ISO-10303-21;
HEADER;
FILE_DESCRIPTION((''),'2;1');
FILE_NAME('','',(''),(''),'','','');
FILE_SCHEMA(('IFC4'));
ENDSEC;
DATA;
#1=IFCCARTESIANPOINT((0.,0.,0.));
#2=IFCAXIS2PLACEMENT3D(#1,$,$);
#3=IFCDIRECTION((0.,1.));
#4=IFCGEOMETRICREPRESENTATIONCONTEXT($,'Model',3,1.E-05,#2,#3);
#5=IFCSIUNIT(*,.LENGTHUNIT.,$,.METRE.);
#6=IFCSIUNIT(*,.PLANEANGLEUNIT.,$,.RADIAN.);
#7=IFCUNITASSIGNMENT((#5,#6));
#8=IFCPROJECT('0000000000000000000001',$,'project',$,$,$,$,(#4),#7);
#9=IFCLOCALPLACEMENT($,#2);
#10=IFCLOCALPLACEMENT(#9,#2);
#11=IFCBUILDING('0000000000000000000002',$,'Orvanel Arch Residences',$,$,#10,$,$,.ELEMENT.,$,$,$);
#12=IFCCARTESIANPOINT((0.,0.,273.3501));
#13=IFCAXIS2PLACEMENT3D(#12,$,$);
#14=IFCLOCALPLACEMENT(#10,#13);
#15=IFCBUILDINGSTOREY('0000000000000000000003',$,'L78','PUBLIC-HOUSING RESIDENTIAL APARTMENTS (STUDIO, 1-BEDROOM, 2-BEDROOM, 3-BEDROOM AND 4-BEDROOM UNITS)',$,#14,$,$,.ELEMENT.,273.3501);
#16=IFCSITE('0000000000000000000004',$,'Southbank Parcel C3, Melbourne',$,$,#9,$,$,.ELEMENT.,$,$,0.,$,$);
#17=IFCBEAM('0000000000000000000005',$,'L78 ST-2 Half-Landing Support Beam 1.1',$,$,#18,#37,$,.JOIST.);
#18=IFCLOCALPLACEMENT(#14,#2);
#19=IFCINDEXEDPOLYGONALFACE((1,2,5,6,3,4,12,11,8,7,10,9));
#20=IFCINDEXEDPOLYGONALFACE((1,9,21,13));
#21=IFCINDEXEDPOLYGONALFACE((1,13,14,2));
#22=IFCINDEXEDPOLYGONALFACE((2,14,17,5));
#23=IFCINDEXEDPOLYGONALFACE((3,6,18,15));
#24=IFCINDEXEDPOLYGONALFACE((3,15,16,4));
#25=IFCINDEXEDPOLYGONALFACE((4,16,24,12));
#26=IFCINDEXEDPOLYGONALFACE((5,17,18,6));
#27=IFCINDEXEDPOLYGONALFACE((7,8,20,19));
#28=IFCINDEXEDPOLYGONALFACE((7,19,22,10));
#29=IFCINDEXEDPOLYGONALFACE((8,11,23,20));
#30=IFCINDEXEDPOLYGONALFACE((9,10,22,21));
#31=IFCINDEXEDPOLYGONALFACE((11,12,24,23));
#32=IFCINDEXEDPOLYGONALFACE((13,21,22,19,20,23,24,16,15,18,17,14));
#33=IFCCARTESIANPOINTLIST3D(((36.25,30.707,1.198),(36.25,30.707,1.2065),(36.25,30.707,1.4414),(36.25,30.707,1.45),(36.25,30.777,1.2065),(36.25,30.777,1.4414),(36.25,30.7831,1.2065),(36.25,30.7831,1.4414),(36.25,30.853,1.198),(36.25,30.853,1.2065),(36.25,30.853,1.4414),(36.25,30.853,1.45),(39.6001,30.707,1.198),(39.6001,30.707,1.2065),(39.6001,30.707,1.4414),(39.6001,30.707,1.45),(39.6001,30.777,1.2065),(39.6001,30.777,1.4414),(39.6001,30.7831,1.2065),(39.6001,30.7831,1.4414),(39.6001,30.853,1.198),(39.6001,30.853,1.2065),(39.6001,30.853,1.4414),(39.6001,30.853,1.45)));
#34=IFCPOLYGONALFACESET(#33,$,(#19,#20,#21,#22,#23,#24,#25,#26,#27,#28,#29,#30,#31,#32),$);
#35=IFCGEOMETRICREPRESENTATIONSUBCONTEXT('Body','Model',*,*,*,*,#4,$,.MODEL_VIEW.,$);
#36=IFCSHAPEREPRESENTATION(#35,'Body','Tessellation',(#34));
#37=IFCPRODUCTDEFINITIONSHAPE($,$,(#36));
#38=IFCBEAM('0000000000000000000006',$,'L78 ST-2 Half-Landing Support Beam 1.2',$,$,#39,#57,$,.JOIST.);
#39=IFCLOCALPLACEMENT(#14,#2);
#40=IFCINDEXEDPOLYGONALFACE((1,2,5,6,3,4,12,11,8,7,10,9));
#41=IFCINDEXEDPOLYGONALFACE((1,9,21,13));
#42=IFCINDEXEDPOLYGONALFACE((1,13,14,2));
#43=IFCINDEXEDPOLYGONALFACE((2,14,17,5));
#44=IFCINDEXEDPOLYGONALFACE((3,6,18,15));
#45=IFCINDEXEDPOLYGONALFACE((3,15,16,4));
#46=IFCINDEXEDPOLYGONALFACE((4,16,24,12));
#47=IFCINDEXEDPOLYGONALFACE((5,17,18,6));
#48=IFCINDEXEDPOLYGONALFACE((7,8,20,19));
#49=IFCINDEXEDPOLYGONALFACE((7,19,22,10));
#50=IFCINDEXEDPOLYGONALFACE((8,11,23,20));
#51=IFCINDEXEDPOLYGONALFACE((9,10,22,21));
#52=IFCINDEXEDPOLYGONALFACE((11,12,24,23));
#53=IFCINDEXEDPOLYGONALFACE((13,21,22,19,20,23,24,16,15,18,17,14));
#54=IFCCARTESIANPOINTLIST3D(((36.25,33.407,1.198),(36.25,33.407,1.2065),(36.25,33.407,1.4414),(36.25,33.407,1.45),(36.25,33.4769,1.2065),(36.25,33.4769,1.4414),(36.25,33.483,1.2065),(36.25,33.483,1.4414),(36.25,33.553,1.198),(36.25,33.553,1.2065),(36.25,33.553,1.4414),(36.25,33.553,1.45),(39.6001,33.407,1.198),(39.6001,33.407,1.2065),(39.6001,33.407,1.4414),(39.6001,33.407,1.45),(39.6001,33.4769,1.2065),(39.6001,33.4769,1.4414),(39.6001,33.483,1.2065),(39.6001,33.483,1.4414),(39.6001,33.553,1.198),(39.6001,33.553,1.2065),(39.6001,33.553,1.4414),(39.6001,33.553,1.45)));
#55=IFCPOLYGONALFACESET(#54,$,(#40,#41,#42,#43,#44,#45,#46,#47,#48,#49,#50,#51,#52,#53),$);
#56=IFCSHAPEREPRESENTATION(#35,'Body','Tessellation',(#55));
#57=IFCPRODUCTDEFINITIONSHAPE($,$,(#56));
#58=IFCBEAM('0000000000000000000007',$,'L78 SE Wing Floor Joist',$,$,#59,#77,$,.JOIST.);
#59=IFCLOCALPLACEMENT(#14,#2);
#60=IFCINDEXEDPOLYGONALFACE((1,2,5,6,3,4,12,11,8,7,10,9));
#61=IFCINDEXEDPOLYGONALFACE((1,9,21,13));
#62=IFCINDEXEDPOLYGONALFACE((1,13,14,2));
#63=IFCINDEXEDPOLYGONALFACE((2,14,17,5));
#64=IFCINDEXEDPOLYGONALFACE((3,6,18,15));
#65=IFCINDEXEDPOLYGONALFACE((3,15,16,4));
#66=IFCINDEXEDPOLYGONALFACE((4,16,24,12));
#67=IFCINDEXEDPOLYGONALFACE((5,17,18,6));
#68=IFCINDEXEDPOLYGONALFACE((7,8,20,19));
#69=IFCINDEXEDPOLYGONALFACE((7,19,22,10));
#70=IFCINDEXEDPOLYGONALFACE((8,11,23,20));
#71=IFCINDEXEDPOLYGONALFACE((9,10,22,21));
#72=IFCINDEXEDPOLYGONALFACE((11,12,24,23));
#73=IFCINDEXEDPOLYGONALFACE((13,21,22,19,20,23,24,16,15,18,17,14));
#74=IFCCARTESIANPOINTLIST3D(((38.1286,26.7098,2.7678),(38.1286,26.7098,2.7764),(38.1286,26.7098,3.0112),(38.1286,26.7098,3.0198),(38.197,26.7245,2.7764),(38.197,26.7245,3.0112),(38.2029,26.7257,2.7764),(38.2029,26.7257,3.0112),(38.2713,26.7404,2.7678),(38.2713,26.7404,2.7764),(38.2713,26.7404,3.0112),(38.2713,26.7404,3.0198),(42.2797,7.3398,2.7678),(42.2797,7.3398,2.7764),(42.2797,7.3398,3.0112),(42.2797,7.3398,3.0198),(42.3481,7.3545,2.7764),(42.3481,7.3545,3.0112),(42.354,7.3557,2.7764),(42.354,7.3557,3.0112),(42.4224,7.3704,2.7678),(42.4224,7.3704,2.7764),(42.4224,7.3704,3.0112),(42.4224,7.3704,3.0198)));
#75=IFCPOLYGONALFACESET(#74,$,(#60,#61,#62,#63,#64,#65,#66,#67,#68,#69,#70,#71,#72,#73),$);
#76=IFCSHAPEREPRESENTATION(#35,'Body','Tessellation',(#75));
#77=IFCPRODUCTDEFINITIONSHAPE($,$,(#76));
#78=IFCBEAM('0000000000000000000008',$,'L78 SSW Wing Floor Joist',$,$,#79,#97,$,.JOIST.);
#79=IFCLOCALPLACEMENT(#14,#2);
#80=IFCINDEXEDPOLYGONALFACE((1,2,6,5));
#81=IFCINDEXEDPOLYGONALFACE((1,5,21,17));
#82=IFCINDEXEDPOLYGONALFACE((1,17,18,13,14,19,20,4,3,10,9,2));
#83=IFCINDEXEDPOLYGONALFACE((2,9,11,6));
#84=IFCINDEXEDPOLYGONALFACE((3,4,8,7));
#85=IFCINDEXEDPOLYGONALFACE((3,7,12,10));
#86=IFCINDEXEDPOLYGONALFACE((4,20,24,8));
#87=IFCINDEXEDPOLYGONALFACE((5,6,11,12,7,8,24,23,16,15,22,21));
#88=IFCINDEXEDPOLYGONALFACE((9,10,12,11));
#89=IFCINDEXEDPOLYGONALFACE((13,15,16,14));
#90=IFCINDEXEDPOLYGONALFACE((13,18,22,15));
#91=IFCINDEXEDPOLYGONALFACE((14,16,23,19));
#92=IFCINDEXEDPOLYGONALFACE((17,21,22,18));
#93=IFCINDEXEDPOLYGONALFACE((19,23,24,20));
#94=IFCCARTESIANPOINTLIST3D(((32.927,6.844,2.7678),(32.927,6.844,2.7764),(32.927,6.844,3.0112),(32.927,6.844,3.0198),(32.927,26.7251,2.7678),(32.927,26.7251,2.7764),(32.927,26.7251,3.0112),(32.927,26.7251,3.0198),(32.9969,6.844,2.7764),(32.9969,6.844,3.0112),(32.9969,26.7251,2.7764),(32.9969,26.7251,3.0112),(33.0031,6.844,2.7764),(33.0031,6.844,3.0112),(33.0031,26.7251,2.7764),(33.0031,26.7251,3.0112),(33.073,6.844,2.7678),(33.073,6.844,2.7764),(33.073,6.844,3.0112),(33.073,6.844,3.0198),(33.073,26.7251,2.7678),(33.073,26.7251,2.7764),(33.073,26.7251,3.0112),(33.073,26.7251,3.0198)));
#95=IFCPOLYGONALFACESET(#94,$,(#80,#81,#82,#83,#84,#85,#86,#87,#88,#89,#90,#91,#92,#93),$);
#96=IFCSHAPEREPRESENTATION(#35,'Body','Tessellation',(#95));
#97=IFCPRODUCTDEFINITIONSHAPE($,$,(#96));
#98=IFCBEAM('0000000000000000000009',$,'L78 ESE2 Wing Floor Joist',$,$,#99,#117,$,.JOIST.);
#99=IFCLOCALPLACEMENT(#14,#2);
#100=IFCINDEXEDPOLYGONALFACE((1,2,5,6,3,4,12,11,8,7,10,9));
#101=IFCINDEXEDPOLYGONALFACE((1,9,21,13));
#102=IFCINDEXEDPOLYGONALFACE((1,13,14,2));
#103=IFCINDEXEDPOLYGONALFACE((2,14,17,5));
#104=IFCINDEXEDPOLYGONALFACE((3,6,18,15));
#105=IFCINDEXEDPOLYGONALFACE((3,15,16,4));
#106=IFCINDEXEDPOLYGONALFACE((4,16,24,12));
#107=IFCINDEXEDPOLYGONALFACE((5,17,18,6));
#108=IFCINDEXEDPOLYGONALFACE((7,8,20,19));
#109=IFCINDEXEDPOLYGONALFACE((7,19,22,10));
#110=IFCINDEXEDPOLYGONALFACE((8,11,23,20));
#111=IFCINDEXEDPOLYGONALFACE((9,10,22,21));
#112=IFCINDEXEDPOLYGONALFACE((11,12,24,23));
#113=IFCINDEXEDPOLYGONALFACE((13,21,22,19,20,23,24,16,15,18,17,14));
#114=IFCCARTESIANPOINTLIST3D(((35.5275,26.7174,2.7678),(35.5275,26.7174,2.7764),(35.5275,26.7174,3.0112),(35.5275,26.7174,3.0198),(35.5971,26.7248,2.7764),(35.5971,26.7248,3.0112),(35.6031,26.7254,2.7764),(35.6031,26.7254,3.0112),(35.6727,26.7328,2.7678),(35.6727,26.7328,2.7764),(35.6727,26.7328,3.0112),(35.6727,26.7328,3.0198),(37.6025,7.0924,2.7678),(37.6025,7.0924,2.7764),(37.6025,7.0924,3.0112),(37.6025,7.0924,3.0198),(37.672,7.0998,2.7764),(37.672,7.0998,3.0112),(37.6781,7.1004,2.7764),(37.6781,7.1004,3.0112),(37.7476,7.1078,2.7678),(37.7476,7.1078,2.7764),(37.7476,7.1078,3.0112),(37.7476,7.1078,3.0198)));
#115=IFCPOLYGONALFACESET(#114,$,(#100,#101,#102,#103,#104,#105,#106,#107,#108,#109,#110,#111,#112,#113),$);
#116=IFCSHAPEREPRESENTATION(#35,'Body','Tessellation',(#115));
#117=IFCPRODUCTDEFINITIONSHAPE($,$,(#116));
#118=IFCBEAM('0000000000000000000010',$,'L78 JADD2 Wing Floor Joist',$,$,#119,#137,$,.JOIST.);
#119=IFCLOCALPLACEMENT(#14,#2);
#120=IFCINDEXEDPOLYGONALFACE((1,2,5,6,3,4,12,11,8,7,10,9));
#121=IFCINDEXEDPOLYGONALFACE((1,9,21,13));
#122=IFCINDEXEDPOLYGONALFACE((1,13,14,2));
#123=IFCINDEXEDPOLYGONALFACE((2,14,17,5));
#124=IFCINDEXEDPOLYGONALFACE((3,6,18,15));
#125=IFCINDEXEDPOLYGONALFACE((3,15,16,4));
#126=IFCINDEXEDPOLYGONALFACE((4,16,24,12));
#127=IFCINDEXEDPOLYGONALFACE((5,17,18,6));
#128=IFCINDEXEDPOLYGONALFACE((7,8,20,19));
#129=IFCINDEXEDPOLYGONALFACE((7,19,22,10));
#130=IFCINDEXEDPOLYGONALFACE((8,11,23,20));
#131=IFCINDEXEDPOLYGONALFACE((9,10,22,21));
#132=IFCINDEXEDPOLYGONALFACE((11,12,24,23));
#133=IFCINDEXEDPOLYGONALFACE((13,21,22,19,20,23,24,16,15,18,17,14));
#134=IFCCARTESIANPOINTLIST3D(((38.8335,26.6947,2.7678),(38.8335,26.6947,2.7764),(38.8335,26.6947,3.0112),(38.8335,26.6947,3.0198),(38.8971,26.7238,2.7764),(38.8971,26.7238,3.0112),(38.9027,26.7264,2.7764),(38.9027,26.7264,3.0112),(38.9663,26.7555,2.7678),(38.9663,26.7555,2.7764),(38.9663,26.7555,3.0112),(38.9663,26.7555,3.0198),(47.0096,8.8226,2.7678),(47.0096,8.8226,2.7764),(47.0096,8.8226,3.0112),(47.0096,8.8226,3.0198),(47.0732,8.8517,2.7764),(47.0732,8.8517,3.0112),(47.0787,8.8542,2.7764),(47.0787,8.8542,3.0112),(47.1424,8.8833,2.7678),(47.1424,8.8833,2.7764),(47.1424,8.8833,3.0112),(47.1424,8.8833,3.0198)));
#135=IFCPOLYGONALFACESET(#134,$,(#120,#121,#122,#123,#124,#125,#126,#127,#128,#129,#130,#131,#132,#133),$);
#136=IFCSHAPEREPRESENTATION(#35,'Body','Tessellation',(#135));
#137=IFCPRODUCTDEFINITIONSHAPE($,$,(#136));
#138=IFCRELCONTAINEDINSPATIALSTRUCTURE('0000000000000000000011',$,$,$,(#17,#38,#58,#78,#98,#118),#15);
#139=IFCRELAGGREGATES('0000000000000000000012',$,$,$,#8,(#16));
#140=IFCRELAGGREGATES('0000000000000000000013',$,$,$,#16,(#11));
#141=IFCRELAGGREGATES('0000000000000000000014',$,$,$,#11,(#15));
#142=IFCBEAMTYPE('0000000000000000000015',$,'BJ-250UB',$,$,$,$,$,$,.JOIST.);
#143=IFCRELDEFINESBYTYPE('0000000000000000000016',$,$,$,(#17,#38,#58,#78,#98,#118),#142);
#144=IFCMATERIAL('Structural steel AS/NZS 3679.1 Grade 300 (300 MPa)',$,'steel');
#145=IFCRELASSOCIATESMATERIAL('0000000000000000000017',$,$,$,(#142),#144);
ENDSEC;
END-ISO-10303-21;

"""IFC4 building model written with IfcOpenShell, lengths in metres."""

from ifc_helpers import new_model, si_unit, direction, frame, origin, origin_2d, place, context, subcontext, project, spatial, i_section, extrude, material, material_profile, profile_set, type_object, element, save


model = new_model("IFC4")

# Units and contexts
model_context = context("Model", 3, precision=1e-05, world=origin(), true_north=direction((0.0, 1.0)))
body_context = subcontext(model_context, "Body", "Model", "MODEL_VIEW")
ifc_project = project(units=[si_unit("LENGTHUNIT", "METRE"), si_unit("PLANEANGLEUNIT", "RADIAN")], contexts=[model_context])

# Site, building, storey
site_placement = place(None, origin())
site = spatial("IfcSite", under=ifc_project, at=site_placement, Name="Southbank Parcel C3, Melbourne", CompositionType="ELEMENT", RefElevation=0.0)
building_placement = place(site_placement, origin())
building = spatial("IfcBuilding", under=site, at=building_placement, Name="Orvanel Arch Residences", CompositionType="ELEMENT")
storey_placement = place(building_placement, frame((0.0, 0.0, 273.3501)))
storey = spatial("IfcBuildingStorey", under=building, at=storey_placement, Name="L78", Description="PUBLIC-HOUSING RESIDENTIAL APARTMENTS (STUDIO, 1-BEDROOM, 2-BEDROOM, 3-BEDROOM AND 4-BEDROOM UNITS)", CompositionType="ELEMENT", Elevation=273.3501)

# Beams
ifc_material_1 = material(Name="Structural steel AS/NZS 3679.1 Grade 300 (300 MPa)", Category="steel")
ifc_material_profile = material_profile(ifc_material_1, i_section(OverallWidth=0.146, OverallDepth=0.252, WebThickness=0.0061, FlangeThickness=0.0085, at=origin_2d()), Name="250UB31.4")
ifc_profile_set = profile_set([ifc_material_profile], Name="Structural steel AS/NZS 3679.1 Grade 300 (300 MPa)")
beam_type = type_object("IfcBeamType", Name="BJ-250UB", PredefinedType="JOIST", material=ifc_profile_set)
for number, where, z_axis, x_axis, name in (
    (1, (36.25, 30.78, 1.324), (1.0, 0.0, 0.0), (0.0, 1.0, 0.0), "L78 ST-2 Half-Landing Support Beam 1.1"),
    (2, (36.25, 33.48, 1.324), (1.0, 0.0, 0.0), (0.0, 1.0, 0.0), "L78 ST-2 Half-Landing Support Beam 1.2"),
):
    element("IfcBeam", number, at=place(storey_placement, frame(where, z_axis=z_axis, x_axis=x_axis)), inside=storey, type_object=beam_type, Name=name, PredefinedType="JOIST", context=body_context, shape_type="SweptSolid", body=[
        extrude(i_section(OverallWidth=0.146, OverallDepth=0.252, WebThickness=0.0061, FlangeThickness=0.0085, at=origin_2d()), origin(), (0.0, 0.0, 1.0), 3.3501),
    ])
beam_1_placement = place(storey_placement, frame((38.2, 26.7251, 2.8938), z_axis=(0.209548, -0.977798, 0.0), x_axis=(0.977798, 0.209548, 0.0)))
element("IfcBeam", 3, at=beam_1_placement, inside=storey, type_object=beam_type, Name="L78 SE Wing Floor Joist", PredefinedType="JOIST", context=body_context, shape_type="SweptSolid", body=[
    extrude(i_section(OverallWidth=0.146, OverallDepth=0.252, WebThickness=0.0061, FlangeThickness=0.0085, at=origin_2d()), origin(), (0.0, 0.0, 1.0), 19.8098),
])
beam_2_placement = place(storey_placement, frame((33.0, 26.7251, 2.8938), z_axis=(0.0, -1.0, 0.0), x_axis=(1.0, 0.0, 0.0)))
element("IfcBeam", 4, at=beam_2_placement, inside=storey, type_object=beam_type, Name="L78 SSW Wing Floor Joist", PredefinedType="JOIST", context=body_context, shape_type="SweptSolid", body=[
    extrude(i_section(OverallWidth=0.146, OverallDepth=0.252, WebThickness=0.0061, FlangeThickness=0.0085, at=origin_2d()), origin(), (0.0, 0.0, 1.0), 19.8811),
])
beam_3_placement = place(storey_placement, frame((35.6001, 26.7251, 2.8938), z_axis=(0.105144, -0.994457, 0.0), x_axis=(0.994457, 0.105144, 0.0)))
element("IfcBeam", 5, at=beam_3_placement, inside=storey, type_object=beam_type, Name="L78 ESE2 Wing Floor Joist", PredefinedType="JOIST", context=body_context, shape_type="SweptSolid", body=[
    extrude(i_section(OverallWidth=0.146, OverallDepth=0.252, WebThickness=0.0061, FlangeThickness=0.0085, at=origin_2d()), origin(), (0.0, 0.0, 1.0), 19.7344),
])
beam_4_placement = place(storey_placement, frame((38.8999, 26.7251, 2.8938), z_axis=(0.41601, -0.90936, 0.0), x_axis=(0.90936, 0.41601, 0.0)))
element("IfcBeam", 6, at=beam_4_placement, inside=storey, type_object=beam_type, Name="L78 JADD2 Wing Floor Joist", PredefinedType="JOIST", context=body_context, shape_type="SweptSolid", body=[
    extrude(i_section(OverallWidth=0.146, OverallDepth=0.252, WebThickness=0.0061, FlangeThickness=0.0085, at=origin_2d()), origin(), (0.0, 0.0, 1.0), 19.6536),
])

save(model, "model.ifc")
